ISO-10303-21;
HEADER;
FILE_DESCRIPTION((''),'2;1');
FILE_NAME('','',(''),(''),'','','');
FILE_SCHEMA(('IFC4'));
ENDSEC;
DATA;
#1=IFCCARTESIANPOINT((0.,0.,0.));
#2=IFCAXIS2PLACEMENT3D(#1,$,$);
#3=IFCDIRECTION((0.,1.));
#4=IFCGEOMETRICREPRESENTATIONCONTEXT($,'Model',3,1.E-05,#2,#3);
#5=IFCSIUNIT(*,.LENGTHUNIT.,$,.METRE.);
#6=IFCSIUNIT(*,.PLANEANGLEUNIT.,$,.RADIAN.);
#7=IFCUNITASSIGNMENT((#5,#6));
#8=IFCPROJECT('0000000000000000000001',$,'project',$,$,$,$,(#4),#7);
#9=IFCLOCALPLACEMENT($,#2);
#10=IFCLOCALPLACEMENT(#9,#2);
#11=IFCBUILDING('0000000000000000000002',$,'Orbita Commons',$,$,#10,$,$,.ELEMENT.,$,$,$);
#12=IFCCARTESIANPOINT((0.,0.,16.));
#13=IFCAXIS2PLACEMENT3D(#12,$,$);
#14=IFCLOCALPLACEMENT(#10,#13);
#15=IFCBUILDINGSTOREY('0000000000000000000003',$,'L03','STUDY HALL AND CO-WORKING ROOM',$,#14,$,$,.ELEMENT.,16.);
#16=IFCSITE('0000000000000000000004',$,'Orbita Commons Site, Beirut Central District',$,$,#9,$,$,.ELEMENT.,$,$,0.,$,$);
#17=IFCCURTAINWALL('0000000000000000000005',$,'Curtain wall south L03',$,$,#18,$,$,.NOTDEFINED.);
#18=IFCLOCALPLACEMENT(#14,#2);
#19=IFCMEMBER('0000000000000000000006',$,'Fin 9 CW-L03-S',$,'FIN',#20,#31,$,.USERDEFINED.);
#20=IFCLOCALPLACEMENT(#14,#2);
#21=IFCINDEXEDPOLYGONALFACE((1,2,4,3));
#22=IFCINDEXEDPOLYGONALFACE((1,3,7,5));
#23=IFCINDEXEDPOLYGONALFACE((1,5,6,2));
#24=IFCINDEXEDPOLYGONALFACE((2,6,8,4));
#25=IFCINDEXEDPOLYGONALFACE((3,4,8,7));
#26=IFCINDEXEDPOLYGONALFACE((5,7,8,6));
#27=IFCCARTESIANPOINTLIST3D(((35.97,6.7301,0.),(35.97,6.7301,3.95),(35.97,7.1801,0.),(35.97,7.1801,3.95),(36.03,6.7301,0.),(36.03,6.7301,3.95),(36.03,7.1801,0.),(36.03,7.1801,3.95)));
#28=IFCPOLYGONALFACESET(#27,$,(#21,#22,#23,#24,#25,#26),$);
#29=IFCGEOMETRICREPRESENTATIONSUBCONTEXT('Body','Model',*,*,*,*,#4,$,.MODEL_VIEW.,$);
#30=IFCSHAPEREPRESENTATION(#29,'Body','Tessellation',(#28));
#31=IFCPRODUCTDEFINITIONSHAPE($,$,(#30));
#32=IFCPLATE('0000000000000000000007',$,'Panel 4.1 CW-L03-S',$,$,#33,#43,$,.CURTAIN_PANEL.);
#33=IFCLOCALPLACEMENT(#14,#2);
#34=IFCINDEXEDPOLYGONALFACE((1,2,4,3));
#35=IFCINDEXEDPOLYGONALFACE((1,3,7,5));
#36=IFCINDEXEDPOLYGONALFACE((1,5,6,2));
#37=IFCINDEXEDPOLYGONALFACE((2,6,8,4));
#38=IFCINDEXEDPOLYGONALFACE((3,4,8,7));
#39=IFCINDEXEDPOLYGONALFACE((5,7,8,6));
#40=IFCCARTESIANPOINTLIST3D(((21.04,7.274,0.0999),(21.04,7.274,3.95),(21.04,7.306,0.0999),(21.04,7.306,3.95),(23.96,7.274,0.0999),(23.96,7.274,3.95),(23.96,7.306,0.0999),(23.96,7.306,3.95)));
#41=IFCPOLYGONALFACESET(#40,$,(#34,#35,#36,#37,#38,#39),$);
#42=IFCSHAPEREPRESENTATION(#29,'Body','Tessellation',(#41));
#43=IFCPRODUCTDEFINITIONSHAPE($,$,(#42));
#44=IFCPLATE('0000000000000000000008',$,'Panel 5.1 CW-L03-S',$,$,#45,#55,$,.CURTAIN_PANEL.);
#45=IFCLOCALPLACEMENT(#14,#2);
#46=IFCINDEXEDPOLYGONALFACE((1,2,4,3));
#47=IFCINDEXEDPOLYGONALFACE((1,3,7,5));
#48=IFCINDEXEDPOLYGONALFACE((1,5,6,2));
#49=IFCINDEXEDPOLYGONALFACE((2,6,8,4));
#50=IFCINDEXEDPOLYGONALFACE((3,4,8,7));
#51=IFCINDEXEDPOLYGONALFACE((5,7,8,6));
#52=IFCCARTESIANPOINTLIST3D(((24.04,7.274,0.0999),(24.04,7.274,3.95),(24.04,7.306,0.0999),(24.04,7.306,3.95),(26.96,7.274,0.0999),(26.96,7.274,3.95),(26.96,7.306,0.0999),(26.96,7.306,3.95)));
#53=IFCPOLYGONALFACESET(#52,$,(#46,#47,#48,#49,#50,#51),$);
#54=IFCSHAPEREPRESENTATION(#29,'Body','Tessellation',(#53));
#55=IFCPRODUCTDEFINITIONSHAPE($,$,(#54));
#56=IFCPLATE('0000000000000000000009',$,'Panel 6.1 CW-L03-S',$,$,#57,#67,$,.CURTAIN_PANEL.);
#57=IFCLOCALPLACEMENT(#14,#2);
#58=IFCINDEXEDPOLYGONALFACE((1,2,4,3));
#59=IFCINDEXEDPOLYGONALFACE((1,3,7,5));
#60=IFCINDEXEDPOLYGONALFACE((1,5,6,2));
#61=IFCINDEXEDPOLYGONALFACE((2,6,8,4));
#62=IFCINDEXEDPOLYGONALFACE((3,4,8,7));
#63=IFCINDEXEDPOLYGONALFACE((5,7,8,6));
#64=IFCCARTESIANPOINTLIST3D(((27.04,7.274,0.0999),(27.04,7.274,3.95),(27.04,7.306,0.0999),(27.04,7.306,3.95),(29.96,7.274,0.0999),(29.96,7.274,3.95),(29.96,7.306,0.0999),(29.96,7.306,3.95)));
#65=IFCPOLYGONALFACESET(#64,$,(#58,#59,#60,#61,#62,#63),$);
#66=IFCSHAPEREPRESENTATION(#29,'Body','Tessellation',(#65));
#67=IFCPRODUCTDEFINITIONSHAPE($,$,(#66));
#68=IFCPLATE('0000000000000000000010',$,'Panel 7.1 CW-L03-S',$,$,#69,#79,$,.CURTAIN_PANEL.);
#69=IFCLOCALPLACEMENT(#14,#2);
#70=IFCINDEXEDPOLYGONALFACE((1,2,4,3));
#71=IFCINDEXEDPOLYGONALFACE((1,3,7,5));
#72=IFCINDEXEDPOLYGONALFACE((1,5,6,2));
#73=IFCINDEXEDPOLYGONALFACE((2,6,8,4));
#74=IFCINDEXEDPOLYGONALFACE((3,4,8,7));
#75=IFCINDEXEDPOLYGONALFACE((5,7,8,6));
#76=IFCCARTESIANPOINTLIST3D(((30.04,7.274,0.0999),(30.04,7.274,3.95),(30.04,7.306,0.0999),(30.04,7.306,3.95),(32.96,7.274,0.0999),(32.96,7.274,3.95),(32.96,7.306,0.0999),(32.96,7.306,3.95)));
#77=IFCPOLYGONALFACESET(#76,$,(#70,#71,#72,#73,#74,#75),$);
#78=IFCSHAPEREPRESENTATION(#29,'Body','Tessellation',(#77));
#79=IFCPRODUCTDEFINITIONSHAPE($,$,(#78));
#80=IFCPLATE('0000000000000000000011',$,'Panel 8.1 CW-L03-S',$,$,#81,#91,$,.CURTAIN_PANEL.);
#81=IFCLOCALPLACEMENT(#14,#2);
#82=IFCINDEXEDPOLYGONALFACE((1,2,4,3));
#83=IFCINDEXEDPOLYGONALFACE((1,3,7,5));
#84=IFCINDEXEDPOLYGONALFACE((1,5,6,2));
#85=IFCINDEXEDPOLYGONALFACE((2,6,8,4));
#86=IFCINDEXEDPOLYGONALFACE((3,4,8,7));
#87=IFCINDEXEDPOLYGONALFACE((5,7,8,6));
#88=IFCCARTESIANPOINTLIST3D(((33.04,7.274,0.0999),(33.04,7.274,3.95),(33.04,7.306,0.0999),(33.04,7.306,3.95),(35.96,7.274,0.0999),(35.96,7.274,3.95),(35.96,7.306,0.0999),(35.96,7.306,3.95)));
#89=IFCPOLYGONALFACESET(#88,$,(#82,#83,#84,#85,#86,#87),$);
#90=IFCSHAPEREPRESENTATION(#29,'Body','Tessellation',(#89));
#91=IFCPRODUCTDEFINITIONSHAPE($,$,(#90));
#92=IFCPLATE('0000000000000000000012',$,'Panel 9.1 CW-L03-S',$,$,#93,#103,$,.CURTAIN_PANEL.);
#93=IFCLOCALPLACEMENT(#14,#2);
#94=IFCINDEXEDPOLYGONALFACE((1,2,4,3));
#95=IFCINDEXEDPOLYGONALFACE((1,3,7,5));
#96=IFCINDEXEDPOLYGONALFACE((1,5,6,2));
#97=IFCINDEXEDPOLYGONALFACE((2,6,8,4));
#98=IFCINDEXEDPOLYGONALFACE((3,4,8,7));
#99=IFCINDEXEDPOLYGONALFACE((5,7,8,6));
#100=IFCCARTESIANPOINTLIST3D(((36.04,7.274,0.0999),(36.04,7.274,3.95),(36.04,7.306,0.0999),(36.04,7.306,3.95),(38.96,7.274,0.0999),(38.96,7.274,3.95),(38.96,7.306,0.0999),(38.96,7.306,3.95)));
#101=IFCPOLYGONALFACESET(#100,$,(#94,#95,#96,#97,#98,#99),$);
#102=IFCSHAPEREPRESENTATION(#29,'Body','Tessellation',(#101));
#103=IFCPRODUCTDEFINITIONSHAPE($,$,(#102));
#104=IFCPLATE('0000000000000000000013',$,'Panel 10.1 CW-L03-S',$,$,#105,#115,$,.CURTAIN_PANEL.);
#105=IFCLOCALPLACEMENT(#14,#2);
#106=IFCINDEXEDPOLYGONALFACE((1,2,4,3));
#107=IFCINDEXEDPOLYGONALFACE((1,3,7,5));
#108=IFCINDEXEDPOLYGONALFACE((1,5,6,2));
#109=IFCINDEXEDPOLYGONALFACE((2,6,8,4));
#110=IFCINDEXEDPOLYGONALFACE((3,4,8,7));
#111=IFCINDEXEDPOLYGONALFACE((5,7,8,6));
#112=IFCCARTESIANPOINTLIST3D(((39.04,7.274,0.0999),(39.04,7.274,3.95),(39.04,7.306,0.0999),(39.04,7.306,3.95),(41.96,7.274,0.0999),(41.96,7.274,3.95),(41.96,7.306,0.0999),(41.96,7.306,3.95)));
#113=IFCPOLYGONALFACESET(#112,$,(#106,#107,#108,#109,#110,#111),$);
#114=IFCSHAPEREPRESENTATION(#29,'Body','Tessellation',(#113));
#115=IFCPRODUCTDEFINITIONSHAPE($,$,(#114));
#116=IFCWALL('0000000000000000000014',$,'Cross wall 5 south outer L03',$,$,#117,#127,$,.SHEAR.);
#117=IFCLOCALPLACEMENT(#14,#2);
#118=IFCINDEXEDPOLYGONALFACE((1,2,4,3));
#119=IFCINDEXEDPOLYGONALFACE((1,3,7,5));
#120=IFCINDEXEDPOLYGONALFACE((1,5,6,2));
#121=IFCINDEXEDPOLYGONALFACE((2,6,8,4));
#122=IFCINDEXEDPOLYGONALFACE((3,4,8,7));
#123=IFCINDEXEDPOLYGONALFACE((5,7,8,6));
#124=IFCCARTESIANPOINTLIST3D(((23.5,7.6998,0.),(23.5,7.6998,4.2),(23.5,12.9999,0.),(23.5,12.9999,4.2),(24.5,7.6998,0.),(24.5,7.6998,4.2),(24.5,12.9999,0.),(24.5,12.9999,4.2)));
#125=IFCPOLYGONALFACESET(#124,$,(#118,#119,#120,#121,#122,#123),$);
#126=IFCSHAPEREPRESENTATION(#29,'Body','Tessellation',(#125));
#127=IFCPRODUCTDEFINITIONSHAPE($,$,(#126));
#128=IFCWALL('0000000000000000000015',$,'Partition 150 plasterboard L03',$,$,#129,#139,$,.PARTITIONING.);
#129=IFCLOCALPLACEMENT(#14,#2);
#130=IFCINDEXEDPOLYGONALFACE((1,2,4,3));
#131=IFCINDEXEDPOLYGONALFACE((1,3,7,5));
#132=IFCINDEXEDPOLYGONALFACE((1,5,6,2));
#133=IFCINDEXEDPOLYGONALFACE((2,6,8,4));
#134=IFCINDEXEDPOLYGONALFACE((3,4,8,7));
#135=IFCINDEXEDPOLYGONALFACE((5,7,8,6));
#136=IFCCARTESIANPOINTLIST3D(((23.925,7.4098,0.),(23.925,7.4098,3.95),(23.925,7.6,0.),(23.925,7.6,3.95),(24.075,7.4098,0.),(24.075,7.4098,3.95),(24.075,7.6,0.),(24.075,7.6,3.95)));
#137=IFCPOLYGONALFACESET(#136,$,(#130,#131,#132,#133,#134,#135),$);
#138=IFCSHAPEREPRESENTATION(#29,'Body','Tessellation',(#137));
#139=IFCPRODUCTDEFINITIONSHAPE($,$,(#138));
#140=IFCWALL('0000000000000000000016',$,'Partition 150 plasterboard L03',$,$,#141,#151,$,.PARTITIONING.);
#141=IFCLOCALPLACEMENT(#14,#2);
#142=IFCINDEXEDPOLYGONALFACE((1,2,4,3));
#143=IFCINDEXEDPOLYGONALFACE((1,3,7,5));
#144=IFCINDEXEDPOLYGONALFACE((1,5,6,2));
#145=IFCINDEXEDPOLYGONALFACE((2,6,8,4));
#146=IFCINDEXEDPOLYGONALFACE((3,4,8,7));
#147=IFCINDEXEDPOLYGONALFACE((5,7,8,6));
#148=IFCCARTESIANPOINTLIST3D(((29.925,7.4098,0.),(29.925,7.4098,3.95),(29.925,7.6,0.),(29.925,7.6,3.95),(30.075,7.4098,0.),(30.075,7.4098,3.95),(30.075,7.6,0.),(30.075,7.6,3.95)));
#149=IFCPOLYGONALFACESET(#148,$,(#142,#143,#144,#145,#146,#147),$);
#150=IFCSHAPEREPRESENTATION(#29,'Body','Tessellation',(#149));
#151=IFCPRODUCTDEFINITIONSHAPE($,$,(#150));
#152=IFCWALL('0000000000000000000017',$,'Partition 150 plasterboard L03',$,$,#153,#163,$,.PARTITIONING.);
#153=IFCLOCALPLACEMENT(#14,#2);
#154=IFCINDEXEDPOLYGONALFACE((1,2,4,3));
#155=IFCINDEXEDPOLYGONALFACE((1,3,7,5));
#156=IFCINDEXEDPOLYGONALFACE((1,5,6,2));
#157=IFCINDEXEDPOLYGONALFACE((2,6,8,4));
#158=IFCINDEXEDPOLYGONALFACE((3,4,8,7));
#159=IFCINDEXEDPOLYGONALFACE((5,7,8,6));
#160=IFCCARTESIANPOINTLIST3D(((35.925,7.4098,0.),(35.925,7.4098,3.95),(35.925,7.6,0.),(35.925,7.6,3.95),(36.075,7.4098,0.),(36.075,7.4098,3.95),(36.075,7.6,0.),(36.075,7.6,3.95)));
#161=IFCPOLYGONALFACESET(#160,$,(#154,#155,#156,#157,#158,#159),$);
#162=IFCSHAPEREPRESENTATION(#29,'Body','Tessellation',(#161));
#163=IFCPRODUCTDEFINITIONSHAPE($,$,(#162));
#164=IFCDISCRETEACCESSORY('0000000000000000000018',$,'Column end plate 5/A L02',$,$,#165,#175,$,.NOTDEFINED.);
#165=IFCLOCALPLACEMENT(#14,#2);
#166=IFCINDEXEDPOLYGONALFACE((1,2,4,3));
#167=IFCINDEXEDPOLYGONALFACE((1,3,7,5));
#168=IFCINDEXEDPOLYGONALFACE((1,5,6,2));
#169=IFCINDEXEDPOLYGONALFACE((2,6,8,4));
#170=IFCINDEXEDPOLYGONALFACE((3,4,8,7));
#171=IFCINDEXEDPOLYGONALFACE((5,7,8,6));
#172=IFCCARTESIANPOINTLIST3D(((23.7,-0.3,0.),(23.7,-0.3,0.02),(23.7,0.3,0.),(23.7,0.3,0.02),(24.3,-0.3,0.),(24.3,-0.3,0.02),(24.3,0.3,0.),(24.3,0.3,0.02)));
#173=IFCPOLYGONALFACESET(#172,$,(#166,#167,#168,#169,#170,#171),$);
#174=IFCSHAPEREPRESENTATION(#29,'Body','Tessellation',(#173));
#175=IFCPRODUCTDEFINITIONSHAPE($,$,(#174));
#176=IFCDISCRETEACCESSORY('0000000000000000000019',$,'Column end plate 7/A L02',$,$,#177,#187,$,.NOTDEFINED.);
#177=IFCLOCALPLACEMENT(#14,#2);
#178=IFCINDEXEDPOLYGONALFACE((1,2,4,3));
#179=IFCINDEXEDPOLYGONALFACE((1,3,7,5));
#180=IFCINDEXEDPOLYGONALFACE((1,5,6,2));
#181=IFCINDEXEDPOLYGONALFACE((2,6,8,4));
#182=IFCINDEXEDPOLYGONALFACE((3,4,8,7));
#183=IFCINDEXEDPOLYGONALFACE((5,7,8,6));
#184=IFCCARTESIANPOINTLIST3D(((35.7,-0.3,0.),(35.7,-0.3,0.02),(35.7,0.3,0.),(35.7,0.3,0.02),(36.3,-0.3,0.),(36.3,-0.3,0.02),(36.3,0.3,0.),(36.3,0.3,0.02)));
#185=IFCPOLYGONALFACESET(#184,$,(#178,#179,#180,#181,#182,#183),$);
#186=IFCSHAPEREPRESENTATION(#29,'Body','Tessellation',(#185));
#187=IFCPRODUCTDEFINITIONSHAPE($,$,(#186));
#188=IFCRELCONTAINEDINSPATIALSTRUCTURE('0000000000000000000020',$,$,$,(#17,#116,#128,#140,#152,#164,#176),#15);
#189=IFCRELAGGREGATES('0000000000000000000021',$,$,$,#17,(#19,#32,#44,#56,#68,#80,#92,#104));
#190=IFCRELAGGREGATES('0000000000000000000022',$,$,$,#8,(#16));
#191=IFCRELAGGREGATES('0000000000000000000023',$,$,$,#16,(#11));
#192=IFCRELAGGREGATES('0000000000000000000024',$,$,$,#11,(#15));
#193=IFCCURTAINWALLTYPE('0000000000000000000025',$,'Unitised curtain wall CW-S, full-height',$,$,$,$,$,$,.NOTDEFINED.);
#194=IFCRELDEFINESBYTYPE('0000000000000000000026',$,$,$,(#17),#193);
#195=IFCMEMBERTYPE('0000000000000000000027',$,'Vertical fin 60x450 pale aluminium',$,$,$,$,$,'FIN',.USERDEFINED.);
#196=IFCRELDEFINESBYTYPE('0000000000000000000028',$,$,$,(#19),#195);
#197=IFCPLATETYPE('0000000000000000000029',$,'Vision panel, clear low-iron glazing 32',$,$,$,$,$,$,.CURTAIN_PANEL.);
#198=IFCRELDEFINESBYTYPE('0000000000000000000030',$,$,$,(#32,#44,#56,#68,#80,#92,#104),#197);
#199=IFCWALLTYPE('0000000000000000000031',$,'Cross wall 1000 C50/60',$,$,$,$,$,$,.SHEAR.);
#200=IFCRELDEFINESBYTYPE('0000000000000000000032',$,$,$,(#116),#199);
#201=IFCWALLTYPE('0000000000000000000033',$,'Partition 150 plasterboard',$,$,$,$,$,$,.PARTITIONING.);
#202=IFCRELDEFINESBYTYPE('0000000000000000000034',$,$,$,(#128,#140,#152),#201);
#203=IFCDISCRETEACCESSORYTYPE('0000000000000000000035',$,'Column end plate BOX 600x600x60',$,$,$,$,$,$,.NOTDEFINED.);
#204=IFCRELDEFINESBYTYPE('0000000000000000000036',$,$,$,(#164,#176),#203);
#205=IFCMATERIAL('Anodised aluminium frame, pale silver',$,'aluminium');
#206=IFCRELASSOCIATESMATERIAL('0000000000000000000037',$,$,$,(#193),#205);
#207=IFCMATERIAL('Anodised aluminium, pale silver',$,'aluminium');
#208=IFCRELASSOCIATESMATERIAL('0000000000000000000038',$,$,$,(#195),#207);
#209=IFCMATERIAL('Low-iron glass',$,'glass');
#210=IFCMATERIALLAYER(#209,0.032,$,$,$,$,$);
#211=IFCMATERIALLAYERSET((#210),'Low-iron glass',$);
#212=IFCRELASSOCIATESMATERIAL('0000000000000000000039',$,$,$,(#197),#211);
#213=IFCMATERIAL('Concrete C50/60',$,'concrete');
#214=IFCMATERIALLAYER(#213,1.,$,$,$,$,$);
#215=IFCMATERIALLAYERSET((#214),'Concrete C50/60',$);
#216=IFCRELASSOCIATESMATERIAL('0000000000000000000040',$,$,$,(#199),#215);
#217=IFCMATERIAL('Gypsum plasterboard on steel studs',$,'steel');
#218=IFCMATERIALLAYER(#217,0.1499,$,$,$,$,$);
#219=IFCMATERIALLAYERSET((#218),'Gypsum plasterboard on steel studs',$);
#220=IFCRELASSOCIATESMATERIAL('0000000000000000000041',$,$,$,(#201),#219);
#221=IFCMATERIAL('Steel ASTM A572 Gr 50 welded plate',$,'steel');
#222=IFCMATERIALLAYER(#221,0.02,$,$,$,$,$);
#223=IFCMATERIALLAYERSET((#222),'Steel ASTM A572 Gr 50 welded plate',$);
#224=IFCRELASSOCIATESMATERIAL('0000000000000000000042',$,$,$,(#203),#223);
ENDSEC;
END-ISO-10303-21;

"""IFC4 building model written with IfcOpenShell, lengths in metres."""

from ifc_helpers import new_model, si_unit, direction, frame, frame_2d, origin, origin_2d, place, context, subcontext, project, spatial, rectangle, extrude, material, layer, layer_set, material_profile, profile_set, type_object, element, aggregate, save


model = new_model("IFC4")

# Units and contexts
model_context = context("Model", 3, precision=1e-05, world=origin(), true_north=direction((0.0, 1.0)))
body_context = subcontext(model_context, "Body", "Model", "MODEL_VIEW")
ifc_project = project(units=[si_unit("LENGTHUNIT", "METRE"), si_unit("PLANEANGLEUNIT", "RADIAN")], contexts=[model_context])

# Site, building, storey
site_placement = place(None, origin())
site = spatial("IfcSite", under=ifc_project, at=site_placement, Name="Orbita Commons Site, Beirut Central District", CompositionType="ELEMENT", RefElevation=0.0)
building_placement = place(site_placement, origin())
building = spatial("IfcBuilding", under=site, at=building_placement, Name="Orbita Commons", CompositionType="ELEMENT")
storey_placement = place(building_placement, frame((0.0, 0.0, 16.0)))
storey = spatial("IfcBuildingStorey", under=building, at=storey_placement, Name="L03", Description="STUDY HALL AND CO-WORKING ROOM", CompositionType="ELEMENT", Elevation=16.0)

# Curtain wall, member, plates
ifc_material_1 = material(Name="Anodised aluminium frame, pale silver", Category="aluminium")
curtain_wall_type = type_object("IfcCurtainWallType", Name="Unitised curtain wall CW-S, full-height", PredefinedType="NOTDEFINED", material=ifc_material_1)
curtain_wall_placement = place(storey_placement, origin())
curtain_wall = element("IfcCurtainWall", 1, at=curtain_wall_placement, inside=storey, type_object=curtain_wall_type, Name="Curtain wall south L03", PredefinedType="NOTDEFINED")
ifc_material_2 = material(Name="Anodised aluminium, pale silver", Category="aluminium")
ifc_material_profile_1 = material_profile(ifc_material_2, rectangle(XDim=0.0601, YDim=0.45, at=origin_2d()), Name="FIN 60x450")
ifc_profile_set_1 = profile_set([ifc_material_profile_1], Name="Anodised aluminium, pale silver")
member_type_1 = type_object("IfcMemberType", Name="Vertical fin 60x450 pale aluminium", ElementType="FIN", PredefinedType="USERDEFINED", material=ifc_profile_set_1)
member_1_placement = place(storey_placement, frame((36.0, 6.9551, 0.0), z_axis=(0.0, 0.0, 1.0), x_axis=(1.0, 0.0, 0.0)))
member_1 = element("IfcMember", 2, at=member_1_placement, type_object=member_type_1, Name="Fin 9 CW-L03-S", ObjectType="FIN", PredefinedType="USERDEFINED", context=body_context, shape_type="SweptSolid", body=[
    extrude(rectangle(XDim=0.0601, YDim=0.45, at=origin_2d()), origin(), (0.0, 0.0, 1.0), 3.95),
])
ifc_material_3 = material(Name="Low-iron glass", Category="glass")
ifc_layer_1 = layer(ifc_material_3, 0.032)
ifc_layer_set_1 = layer_set([ifc_layer_1], Name="Low-iron glass")
plate_type = type_object("IfcPlateType", Name="Vision panel, clear low-iron glazing 32", PredefinedType="CURTAIN_PANEL", material=ifc_layer_set_1)
plate_1_placement = place(storey_placement, frame((22.5, 7.29, 0.0999), z_axis=(0.0, 0.0, 1.0), x_axis=(1.0, 0.0, 0.0)))
plate_1 = element("IfcPlate", 3, at=plate_1_placement, type_object=plate_type, Name="Panel 4.1 CW-L03-S", PredefinedType="CURTAIN_PANEL", context=body_context, shape_type="SweptSolid", body=[
    extrude(rectangle(XDim=2.9199, YDim=0.032, at=origin_2d()), origin(), (0.0, 0.0, 1.0), 3.8501),
])
plate_2_placement = place(storey_placement, frame((25.5, 7.29, 0.0999), z_axis=(0.0, 0.0, 1.0), x_axis=(1.0, 0.0, 0.0)))
plate_2 = element("IfcPlate", 4, at=plate_2_placement, type_object=plate_type, Name="Panel 5.1 CW-L03-S", PredefinedType="CURTAIN_PANEL", context=body_context, shape_type="SweptSolid", body=[
    extrude(rectangle(XDim=2.9199, YDim=0.032, at=origin_2d()), origin(), (0.0, 0.0, 1.0), 3.8501),
])
plate_3_placement = place(storey_placement, frame((28.5, 7.29, 0.0999), z_axis=(0.0, 0.0, 1.0), x_axis=(1.0, 0.0, 0.0)))
plate_3 = element("IfcPlate", 5, at=plate_3_placement, type_object=plate_type, Name="Panel 6.1 CW-L03-S", PredefinedType="CURTAIN_PANEL", context=body_context, shape_type="SweptSolid", body=[
    extrude(rectangle(XDim=2.9199, YDim=0.032, at=origin_2d()), origin(), (0.0, 0.0, 1.0), 3.8501),
])
plate_4_placement = place(storey_placement, frame((31.5, 7.29, 0.0999), z_axis=(0.0, 0.0, 1.0), x_axis=(1.0, 0.0, 0.0)))
plate_4 = element("IfcPlate", 6, at=plate_4_placement, type_object=plate_type, Name="Panel 7.1 CW-L03-S", PredefinedType="CURTAIN_PANEL", context=body_context, shape_type="SweptSolid", body=[
    extrude(rectangle(XDim=2.9199, YDim=0.032, at=origin_2d()), origin(), (0.0, 0.0, 1.0), 3.8501),
])
plate_5_placement = place(storey_placement, frame((34.5, 7.29, 0.0999), z_axis=(0.0, 0.0, 1.0), x_axis=(1.0, 0.0, 0.0)))
plate_5 = element("IfcPlate", 7, at=plate_5_placement, type_object=plate_type, Name="Panel 8.1 CW-L03-S", PredefinedType="CURTAIN_PANEL", context=body_context, shape_type="SweptSolid", body=[
    extrude(rectangle(XDim=2.9199, YDim=0.032, at=origin_2d()), origin(), (0.0, 0.0, 1.0), 3.8501),
])
plate_6_placement = place(storey_placement, frame((37.5, 7.29, 0.0999), z_axis=(0.0, 0.0, 1.0), x_axis=(1.0, 0.0, 0.0)))
plate_6 = element("IfcPlate", 8, at=plate_6_placement, type_object=plate_type, Name="Panel 9.1 CW-L03-S", PredefinedType="CURTAIN_PANEL", context=body_context, shape_type="SweptSolid", body=[
    extrude(rectangle(XDim=2.9199, YDim=0.032, at=origin_2d()), origin(), (0.0, 0.0, 1.0), 3.8501),
])
plate_7_placement = place(storey_placement, frame((40.5, 7.29, 0.0999), z_axis=(0.0, 0.0, 1.0), x_axis=(1.0, 0.0, 0.0)))
plate_7 = element("IfcPlate", 9, at=plate_7_placement, type_object=plate_type, Name="Panel 10.1 CW-L03-S", PredefinedType="CURTAIN_PANEL", context=body_context, shape_type="SweptSolid", body=[
    extrude(rectangle(XDim=2.9199, YDim=0.032, at=origin_2d()), origin(), (0.0, 0.0, 1.0), 3.8501),
])
aggregate(curtain_wall, [member_1, plate_1, plate_2, plate_3, plate_4, plate_5, plate_6, plate_7])

# Walls
ifc_material_4 = material(Name="Concrete C50/60", Category="concrete")
ifc_layer_2 = layer(ifc_material_4, 1.0)
ifc_layer_set_2 = layer_set([ifc_layer_2], Name="Concrete C50/60")
wall_type_1 = type_object("IfcWallType", Name="Cross wall 1000 C50/60", PredefinedType="SHEAR", material=ifc_layer_set_2)
wall_placement = place(storey_placement, frame((24.0, 7.7, 0.0), z_axis=(0.0, 0.0, 1.0), x_axis=(0.0, 1.0, 0.0)))
element("IfcWall", 10, at=wall_placement, inside=storey, type_object=wall_type_1, Name="Cross wall 5 south outer L03", PredefinedType="SHEAR", context=body_context, shape_type="SweptSolid", body=[
    extrude(rectangle(XDim=5.3, YDim=1.0, at=frame_2d((2.6499, 0.0))), origin(), (0.0, 0.0, 1.0), 4.2),
])
ifc_material_5 = material(Name="Gypsum plasterboard on steel studs", Category="steel")
ifc_layer_3 = layer(ifc_material_5, 0.1499)
ifc_layer_set_3 = layer_set([ifc_layer_3], Name="Gypsum plasterboard on steel studs")
wall_type_2 = type_object("IfcWallType", Name="Partition 150 plasterboard", PredefinedType="PARTITIONING", material=ifc_layer_set_3)
for number, where, z_axis, x_axis, name in (
    (11, (24.0, 7.6001, 0.0), (0.0, 0.0, 1.0), (0.0, -1.0, 0.0), "Partition 150 plasterboard L03"),
    (12, (30.0, 7.6001, 0.0), (0.0, 0.0, 1.0), (0.0, -1.0, 0.0), "Partition 150 plasterboard L03"),
    (13, (36.0, 7.6001, 0.0), (0.0, 0.0, 1.0), (0.0, -1.0, 0.0), "Partition 150 plasterboard L03"),
):
    element("IfcWall", number, at=place(storey_placement, frame(where, z_axis=z_axis, x_axis=x_axis)), inside=storey, type_object=wall_type_2, Name=name, PredefinedType="PARTITIONING", context=body_context, shape_type="SweptSolid", body=[
        extrude(rectangle(XDim=0.1902, YDim=0.1499, at=frame_2d((0.0952, 0.0))), origin(), (0.0, 0.0, 1.0), 3.95),
    ])

# Discrete accessories
ifc_material_6 = material(Name="Steel ASTM A572 Gr 50 welded plate", Category="steel")
ifc_layer_4 = layer(ifc_material_6, 0.02)
ifc_layer_set_4 = layer_set([ifc_layer_4], Name="Steel ASTM A572 Gr 50 welded plate")
discrete_accessory_type = type_object("IfcDiscreteAccessoryType", Name="Column end plate BOX 600x600x60", PredefinedType="NOTDEFINED", material=ifc_layer_set_4)
for number, where, z_axis, x_axis, name in (
    (14, (24.0, 0.0, 0.0), (0.0, 0.0, 1.0), (1.0, 0.0, 0.0), "Column end plate 5/A L02"),
    (15, (36.0, 0.0, 0.0), (0.0, 0.0, 1.0), (1.0, 0.0, 0.0), "Column end plate 7/A L02"),
):
    element("IfcDiscreteAccessory", number, at=place(storey_placement, frame(where, z_axis=z_axis, x_axis=x_axis)), inside=storey, type_object=discrete_accessory_type, Name=name, PredefinedType="NOTDEFINED", context=body_context, shape_type="SweptSolid", body=[
        extrude(rectangle(XDim=0.6001, YDim=0.6001, at=origin_2d()), origin(), (0.0, 0.0, 1.0), 0.02),
    ])

save(model, "model.ifc")
